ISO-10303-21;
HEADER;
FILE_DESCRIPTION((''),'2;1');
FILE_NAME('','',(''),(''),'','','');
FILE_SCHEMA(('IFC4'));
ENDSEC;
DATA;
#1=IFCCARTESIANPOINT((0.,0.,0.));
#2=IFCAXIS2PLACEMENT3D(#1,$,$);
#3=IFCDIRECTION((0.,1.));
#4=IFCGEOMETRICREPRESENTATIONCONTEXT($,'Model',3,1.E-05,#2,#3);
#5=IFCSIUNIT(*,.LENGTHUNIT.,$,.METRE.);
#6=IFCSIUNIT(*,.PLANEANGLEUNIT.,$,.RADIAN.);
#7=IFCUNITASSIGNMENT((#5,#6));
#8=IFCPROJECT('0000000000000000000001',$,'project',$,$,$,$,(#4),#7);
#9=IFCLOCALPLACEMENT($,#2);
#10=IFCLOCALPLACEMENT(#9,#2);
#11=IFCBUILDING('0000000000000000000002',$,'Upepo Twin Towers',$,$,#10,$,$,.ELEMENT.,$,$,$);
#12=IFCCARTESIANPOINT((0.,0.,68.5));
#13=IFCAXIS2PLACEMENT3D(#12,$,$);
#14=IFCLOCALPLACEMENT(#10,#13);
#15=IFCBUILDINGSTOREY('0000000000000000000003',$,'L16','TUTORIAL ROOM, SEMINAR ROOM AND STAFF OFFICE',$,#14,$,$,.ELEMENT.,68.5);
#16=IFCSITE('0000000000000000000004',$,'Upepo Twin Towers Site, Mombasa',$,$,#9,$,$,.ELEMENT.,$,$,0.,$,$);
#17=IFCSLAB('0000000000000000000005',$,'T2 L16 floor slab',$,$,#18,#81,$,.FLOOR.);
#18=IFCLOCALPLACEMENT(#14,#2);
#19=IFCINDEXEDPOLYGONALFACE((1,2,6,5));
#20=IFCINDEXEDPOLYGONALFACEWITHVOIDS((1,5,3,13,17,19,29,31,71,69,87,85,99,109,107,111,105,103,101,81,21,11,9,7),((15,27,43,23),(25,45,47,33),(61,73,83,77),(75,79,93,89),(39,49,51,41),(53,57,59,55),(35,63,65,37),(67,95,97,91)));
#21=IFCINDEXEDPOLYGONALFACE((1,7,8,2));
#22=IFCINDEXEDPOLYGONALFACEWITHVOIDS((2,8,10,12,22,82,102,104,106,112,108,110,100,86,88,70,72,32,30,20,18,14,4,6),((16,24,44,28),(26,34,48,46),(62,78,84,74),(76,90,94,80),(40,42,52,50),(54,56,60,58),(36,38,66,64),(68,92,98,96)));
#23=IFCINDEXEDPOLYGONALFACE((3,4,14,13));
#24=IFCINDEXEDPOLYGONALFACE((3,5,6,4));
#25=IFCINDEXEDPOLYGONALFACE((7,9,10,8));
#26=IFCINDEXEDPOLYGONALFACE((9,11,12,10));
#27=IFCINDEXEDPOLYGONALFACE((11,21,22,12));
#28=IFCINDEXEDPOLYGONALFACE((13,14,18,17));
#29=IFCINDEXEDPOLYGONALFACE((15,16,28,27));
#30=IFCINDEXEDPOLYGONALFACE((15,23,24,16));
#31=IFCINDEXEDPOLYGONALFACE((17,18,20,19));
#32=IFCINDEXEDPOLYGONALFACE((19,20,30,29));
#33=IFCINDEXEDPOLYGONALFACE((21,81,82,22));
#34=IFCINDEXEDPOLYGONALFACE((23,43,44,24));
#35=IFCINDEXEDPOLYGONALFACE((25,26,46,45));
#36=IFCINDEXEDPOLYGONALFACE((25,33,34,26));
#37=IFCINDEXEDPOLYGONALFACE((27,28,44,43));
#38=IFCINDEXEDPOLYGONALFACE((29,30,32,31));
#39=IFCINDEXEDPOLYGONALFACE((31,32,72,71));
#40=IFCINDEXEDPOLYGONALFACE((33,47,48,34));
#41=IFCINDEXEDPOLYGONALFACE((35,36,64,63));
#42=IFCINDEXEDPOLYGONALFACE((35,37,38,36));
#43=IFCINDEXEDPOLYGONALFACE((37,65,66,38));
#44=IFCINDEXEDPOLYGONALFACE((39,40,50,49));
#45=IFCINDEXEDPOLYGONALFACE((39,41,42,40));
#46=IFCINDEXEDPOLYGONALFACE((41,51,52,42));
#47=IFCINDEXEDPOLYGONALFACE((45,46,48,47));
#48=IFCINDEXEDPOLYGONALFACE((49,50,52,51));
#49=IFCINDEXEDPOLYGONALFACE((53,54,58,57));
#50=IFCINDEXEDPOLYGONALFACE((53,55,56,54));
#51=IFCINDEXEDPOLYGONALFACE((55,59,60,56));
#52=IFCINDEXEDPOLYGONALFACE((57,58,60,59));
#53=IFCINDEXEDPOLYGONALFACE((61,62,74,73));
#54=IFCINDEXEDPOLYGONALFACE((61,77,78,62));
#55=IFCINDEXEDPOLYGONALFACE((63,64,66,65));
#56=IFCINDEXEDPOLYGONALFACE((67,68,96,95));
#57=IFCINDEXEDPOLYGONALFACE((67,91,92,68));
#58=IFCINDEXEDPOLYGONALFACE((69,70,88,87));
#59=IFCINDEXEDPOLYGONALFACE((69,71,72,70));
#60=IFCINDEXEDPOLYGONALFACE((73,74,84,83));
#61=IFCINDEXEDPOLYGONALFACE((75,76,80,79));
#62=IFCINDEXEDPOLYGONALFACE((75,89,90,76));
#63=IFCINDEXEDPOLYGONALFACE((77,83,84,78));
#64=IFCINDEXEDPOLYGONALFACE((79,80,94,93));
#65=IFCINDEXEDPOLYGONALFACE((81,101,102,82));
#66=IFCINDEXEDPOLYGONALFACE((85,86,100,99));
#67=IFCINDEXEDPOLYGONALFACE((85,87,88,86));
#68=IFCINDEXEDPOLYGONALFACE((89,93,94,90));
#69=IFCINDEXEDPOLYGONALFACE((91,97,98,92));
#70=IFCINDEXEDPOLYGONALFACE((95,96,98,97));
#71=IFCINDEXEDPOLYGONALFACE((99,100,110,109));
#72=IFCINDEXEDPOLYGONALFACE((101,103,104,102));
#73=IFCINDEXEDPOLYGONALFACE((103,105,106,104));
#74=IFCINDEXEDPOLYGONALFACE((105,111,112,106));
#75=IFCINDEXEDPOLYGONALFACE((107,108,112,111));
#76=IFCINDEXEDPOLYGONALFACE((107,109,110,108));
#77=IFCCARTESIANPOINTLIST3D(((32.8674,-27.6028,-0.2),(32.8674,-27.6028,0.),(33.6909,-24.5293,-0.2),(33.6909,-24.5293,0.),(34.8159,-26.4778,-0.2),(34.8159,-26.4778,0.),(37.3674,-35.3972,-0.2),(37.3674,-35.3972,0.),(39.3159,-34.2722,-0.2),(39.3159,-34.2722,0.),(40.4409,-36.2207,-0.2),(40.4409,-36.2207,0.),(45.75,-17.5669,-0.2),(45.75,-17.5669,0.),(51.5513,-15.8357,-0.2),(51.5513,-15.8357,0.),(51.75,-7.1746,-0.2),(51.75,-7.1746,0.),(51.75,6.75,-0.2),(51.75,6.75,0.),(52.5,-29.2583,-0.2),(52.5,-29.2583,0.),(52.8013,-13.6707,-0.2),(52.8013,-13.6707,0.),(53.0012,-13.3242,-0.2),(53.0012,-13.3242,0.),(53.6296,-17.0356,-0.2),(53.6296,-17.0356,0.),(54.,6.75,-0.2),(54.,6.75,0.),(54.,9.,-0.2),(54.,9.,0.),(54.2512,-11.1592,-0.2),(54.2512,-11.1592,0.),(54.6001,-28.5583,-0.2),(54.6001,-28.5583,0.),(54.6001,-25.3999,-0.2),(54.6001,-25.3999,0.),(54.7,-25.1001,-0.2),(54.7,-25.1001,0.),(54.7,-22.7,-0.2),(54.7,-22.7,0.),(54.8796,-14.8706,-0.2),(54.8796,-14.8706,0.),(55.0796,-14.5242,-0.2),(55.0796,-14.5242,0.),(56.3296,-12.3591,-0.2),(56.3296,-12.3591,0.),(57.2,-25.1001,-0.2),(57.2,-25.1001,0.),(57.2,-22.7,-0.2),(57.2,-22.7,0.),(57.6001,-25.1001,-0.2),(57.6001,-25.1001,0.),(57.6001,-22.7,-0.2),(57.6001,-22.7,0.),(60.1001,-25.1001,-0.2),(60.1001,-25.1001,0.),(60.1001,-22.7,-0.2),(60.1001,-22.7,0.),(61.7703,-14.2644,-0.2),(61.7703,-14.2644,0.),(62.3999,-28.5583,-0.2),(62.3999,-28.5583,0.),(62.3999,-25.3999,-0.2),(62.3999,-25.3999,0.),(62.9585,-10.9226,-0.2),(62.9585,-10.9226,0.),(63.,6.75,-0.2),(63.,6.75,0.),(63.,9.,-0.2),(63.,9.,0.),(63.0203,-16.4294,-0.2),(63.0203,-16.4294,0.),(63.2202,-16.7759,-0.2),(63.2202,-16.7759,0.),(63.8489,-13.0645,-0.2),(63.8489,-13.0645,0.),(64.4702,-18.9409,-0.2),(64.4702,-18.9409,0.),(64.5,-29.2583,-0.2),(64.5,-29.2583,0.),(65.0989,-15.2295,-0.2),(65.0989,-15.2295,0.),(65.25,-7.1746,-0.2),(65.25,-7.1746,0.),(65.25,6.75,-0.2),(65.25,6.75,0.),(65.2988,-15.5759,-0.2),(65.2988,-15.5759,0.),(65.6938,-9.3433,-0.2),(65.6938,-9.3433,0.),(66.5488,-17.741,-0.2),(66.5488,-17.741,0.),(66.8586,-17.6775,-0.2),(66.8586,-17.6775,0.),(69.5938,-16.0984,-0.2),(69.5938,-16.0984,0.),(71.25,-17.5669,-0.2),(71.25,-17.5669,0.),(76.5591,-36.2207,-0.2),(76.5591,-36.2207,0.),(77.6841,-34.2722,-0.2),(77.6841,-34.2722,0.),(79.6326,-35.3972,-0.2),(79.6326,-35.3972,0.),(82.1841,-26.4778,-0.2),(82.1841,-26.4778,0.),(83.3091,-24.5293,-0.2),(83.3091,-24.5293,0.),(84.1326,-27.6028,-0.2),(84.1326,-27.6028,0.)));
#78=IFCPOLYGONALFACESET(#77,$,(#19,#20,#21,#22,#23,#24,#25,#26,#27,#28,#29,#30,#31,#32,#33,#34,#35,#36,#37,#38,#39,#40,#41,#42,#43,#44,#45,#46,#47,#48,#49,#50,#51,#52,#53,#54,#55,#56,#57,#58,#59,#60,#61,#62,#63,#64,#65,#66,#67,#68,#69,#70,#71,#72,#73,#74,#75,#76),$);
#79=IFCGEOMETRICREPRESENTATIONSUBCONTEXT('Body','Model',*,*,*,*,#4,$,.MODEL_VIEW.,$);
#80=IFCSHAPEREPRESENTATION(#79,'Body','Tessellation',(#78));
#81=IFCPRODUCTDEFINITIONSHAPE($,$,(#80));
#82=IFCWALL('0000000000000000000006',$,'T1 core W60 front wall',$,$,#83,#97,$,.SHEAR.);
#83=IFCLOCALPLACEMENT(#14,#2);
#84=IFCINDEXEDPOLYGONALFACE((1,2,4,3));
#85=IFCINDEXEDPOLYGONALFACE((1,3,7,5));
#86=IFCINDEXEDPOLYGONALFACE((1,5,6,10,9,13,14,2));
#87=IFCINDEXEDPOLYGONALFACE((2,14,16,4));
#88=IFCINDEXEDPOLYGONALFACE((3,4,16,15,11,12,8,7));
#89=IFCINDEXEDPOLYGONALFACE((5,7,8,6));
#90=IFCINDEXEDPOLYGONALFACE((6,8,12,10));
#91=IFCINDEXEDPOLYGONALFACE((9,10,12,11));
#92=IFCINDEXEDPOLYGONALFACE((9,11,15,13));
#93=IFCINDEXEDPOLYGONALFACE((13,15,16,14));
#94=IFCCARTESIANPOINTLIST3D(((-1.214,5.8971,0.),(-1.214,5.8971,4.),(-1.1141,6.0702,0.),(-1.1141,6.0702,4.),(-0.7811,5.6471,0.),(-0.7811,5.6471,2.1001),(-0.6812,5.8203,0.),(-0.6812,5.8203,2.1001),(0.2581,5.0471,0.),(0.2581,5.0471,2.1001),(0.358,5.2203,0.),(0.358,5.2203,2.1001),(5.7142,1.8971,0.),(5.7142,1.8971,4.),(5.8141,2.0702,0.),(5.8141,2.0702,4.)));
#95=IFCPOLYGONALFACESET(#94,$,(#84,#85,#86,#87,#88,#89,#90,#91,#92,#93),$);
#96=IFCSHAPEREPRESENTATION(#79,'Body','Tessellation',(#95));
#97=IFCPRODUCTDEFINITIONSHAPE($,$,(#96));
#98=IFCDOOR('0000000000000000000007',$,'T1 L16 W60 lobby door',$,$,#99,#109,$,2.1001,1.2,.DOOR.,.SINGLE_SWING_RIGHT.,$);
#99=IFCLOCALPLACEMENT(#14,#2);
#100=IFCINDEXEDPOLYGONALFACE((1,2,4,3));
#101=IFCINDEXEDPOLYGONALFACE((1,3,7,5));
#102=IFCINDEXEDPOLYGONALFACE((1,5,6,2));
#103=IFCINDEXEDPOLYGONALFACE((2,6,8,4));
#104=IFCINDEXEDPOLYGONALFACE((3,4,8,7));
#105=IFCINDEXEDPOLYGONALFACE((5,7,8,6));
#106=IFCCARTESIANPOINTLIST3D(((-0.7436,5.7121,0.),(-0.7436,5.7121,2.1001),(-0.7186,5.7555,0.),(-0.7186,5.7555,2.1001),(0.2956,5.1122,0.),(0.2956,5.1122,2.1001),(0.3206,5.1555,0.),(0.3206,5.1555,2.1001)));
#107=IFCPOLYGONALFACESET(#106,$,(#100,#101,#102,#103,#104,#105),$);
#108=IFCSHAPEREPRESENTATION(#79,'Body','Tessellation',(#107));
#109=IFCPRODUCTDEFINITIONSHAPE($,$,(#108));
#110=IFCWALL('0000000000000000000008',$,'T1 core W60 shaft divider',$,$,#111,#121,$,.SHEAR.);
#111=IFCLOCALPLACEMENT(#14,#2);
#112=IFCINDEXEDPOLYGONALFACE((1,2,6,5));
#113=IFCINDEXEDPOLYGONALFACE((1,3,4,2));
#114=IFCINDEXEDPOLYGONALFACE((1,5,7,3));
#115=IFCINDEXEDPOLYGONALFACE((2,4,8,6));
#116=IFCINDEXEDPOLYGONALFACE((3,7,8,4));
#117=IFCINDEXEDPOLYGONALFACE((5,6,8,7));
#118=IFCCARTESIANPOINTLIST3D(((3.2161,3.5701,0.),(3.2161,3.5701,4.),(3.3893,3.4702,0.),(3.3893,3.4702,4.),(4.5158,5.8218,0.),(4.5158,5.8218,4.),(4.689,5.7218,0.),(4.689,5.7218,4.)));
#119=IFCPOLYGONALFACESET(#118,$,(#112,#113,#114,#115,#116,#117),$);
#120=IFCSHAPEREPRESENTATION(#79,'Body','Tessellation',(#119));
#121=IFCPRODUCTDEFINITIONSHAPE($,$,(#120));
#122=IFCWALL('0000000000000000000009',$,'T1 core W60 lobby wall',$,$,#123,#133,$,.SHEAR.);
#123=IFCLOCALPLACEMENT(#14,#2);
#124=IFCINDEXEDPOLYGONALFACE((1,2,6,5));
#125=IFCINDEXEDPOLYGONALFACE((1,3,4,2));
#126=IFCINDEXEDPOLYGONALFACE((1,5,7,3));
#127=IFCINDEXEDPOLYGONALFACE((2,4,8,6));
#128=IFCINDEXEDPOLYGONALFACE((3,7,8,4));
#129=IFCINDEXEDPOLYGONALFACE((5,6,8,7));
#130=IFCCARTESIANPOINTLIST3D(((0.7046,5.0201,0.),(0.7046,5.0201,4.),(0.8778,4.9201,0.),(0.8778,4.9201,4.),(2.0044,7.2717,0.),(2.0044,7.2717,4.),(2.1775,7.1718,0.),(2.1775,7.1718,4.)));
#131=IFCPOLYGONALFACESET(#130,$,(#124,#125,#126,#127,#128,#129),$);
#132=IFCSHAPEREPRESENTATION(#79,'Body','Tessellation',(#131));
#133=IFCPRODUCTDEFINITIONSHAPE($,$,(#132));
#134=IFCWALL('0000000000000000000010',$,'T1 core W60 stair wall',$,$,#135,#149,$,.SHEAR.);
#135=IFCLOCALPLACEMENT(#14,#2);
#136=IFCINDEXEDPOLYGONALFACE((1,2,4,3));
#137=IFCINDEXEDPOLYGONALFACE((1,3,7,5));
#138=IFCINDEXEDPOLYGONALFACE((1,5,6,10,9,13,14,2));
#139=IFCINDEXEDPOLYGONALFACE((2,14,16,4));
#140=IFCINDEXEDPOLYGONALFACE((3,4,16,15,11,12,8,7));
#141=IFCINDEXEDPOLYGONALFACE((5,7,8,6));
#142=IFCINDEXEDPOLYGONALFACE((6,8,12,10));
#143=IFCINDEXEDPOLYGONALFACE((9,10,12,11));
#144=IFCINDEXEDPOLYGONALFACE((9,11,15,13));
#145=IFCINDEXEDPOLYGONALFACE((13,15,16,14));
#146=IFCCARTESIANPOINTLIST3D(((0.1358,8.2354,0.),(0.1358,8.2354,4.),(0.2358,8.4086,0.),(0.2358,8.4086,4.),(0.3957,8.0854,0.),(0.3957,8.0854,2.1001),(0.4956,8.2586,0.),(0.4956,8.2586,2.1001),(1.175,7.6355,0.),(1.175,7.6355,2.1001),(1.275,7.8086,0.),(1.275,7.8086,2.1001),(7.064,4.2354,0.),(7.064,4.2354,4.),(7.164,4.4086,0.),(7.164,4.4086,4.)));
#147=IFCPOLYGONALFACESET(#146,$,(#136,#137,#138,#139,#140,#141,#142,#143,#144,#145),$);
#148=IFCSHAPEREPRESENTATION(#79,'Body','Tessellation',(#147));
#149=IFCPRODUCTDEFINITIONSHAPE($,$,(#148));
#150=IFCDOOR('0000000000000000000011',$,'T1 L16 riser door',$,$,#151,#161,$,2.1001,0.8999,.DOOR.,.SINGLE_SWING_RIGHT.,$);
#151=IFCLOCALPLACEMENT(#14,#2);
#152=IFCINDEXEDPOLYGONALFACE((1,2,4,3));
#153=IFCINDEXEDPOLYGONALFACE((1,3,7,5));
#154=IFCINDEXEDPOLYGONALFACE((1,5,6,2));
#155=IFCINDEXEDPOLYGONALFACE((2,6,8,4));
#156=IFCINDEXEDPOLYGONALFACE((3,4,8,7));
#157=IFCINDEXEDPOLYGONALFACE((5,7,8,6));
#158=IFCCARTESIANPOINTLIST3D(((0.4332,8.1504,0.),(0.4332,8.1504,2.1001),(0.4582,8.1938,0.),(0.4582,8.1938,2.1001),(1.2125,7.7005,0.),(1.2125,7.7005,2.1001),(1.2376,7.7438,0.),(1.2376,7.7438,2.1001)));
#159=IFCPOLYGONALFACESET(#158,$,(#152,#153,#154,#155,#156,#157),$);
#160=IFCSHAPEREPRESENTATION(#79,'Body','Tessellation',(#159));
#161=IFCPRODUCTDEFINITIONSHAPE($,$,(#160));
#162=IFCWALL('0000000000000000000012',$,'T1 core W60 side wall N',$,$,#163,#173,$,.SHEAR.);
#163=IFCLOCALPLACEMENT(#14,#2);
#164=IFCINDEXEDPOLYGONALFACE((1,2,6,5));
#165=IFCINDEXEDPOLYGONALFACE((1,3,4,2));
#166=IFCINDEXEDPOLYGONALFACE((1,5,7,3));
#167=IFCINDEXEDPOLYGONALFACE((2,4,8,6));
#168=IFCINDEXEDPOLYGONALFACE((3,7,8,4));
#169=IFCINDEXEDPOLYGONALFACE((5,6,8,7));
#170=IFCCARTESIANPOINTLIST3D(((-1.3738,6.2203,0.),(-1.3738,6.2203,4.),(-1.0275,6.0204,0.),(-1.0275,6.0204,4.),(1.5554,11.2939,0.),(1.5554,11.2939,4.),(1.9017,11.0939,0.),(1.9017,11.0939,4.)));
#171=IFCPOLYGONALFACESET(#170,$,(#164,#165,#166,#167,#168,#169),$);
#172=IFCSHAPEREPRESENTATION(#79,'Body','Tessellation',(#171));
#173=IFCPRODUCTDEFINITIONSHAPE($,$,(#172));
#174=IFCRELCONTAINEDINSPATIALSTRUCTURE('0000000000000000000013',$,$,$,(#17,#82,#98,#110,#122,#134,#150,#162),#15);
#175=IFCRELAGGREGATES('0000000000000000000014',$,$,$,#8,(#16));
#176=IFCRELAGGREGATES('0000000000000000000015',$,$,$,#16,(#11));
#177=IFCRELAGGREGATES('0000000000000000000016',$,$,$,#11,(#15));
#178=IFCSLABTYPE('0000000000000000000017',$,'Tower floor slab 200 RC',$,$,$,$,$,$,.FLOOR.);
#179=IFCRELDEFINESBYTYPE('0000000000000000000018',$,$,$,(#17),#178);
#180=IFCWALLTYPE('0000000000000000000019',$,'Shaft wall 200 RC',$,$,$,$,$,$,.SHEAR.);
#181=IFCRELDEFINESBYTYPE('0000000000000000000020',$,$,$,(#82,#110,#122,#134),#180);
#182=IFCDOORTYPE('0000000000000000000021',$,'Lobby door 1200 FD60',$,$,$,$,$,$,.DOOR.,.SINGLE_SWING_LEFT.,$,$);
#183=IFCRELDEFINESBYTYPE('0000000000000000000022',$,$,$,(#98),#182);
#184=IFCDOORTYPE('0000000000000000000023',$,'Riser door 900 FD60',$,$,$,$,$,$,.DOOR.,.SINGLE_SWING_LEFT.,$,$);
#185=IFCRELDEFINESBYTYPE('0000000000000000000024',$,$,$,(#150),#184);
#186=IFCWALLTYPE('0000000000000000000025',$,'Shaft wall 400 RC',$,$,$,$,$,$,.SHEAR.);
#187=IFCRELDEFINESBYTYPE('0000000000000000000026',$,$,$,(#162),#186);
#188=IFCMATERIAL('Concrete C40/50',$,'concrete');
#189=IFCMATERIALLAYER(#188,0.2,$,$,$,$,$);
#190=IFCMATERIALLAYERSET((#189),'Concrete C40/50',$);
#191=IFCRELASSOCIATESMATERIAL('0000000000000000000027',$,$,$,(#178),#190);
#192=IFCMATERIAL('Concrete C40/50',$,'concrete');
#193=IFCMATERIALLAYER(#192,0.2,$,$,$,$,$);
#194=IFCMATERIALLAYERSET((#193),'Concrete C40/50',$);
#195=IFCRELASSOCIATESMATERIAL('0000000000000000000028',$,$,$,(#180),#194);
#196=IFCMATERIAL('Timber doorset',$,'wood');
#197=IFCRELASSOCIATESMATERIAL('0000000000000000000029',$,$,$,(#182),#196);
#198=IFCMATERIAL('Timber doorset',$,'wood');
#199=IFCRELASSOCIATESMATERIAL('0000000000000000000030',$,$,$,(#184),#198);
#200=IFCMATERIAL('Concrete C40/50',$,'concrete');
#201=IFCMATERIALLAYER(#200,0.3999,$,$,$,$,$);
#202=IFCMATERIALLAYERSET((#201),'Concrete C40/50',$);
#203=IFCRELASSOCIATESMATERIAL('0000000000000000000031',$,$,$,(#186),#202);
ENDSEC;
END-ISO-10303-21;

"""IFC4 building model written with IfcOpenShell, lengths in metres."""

from ifc_helpers import new_model, si_unit, direction, frame, frame_2d, origin, place, context, subcontext, project, spatial, polyline, rectangle, outline, extrude, material, layer, layer_set, type_object, element, fill, save


model = new_model("IFC4")

# Units and contexts
model_context = context("Model", 3, precision=1e-05, world=origin(), true_north=direction((0.0, 1.0)))
body_context = subcontext(model_context, "Body", "Model", "MODEL_VIEW")
ifc_project = project(units=[si_unit("LENGTHUNIT", "METRE"), si_unit("PLANEANGLEUNIT", "RADIAN")], contexts=[model_context])

# Site, building, storey
site_placement = place(None, origin())
site = spatial("IfcSite", under=ifc_project, at=site_placement, Name="Upepo Twin Towers Site, Mombasa", CompositionType="ELEMENT", RefElevation=0.0)
building_placement = place(site_placement, origin())
building = spatial("IfcBuilding", under=site, at=building_placement, Name="Upepo Twin Towers", CompositionType="ELEMENT")
storey_placement = place(building_placement, frame((0.0, 0.0, 68.5)))
storey = spatial("IfcBuildingStorey", under=building, at=storey_placement, Name="L16", Description="TUTORIAL ROOM, SEMINAR ROOM AND STAFF OFFICE", CompositionType="ELEMENT", Elevation=68.5)

# Slab
ifc_material_1 = material(Name="Concrete C40/50", Category="concrete")
ifc_layer_1 = layer(ifc_material_1, 0.2)
ifc_layer_set_1 = layer_set([ifc_layer_1], Name="Concrete C40/50")
slab_type_1 = type_object("IfcSlabType", Name="Tower floor slab 200 RC", PredefinedType="FLOOR", material=ifc_layer_set_1)
slab_1_placement = place(storey_placement, frame((0.0, 0.0, -0.2)))
element("IfcSlab", 1, at=slab_1_placement, inside=storey, type_object=slab_type_1, Name="T2 L16 floor slab", PredefinedType="FLOOR", context=body_context, shape_type="SweptSolid", body=[
    extrude(outline(polyline([(82.1841, -26.4778), (84.1326, -27.6028), (79.6326, -35.3972), (77.6841, -34.2722), (76.5591, -36.2207), (64.5, -29.2583), (52.5, -29.2583), (40.4409, -36.2207), (39.3159, -34.2722), (37.3674, -35.3972), (32.8674, -27.6028), (34.8159, -26.4778), (33.6909, -24.5293), (45.75, -17.5669), (51.75, -7.1746), (51.75, 6.75), (54.0, 6.75), (54.0, 9.0), (63.0, 9.0), (63.0, 6.75), (65.25, 6.75), (65.25, -7.1746), (71.25, -17.5669), (83.3091, -24.5293), (82.1841, -26.4778)]), holes=[polyline([(56.3296, -12.3591), (54.2512, -11.1592), (53.0012, -13.3242), (55.0796, -14.5242), (56.3296, -12.3591)]), polyline([(54.8796, -14.8706), (52.8013, -13.6707), (51.5513, -15.8357), (53.6296, -17.0356), (54.8796, -14.8706)]), polyline([(54.7, -22.7), (54.7, -25.1001), (57.2, -25.1001), (57.2, -22.7), (54.7, -22.7)]), polyline([(57.6001, -22.7), (57.6001, -25.1001), (60.1001, -25.1001), (60.1001, -22.7), (57.6001, -22.7)]), polyline([(54.6001, -25.3999), (54.6001, -28.5583), (62.3999, -28.5583), (62.3999, -25.3999), (54.6001, -25.3999)]), polyline([(64.4702, -18.9409), (66.5488, -17.741), (65.2988, -15.5759), (63.2202, -16.7759), (64.4702, -18.9409)]), polyline([(63.0203, -16.4294), (65.0989, -15.2295), (63.8489, -13.0645), (61.7703, -14.2644), (63.0203, -16.4294)]), polyline([(66.8586, -17.6775), (69.5938, -16.0984), (65.6938, -9.3433), (62.9585, -10.9226), (66.8586, -17.6775)])]), origin(), (0.0, 0.0, 1.0), 0.2),
])

# Wall, opening, door
ifc_material_2 = material(Name="Concrete C40/50", Category="concrete")
ifc_layer_2 = layer(ifc_material_2, 0.2)
ifc_layer_set_2 = layer_set([ifc_layer_2], Name="Concrete C40/50")
wall_type_1 = type_object("IfcWallType", Name="Shaft wall 200 RC", PredefinedType="SHEAR", material=ifc_layer_set_2)
wall_1_placement = place(storey_placement, frame((5.7642, 1.9836, 0.0), z_axis=(0.0, 0.0, 1.0), x_axis=(-0.866026, 0.499999, 0.0)))
wall_1 = element("IfcWall", 2, at=wall_1_placement, inside=storey, type_object=wall_type_1, Name="T1 core W60 front wall", PredefinedType="SHEAR", context=body_context, shape_type="SweptSolid", body=[
    extrude(rectangle(XDim=8.0, YDim=0.2, at=frame_2d((4.0, 0.0))), origin(), (0.0, 0.0, 1.0), 4.0),
])
opening_1_placement = place(wall_1_placement, frame((6.3, 0.0, 0.0)))
opening_1 = element("IfcOpeningElement", 3, at=opening_1_placement, cuts=wall_1, PredefinedType="OPENING", context=body_context, shape_type="SweptSolid", body=[
    extrude(rectangle(XDim=1.2, YDim=2.1001, at=frame_2d((0.6001, 1.05))), frame((0.0, 0.1099, 0.0), z_axis=(0.0, -1.0, 0.0), x_axis=(1.0, 0.0, 0.0)), (0.0, 0.0, 1.0), 0.22),
])
ifc_material_3 = material(Name="Timber doorset", Category="wood")
door_type_1 = type_object("IfcDoorType", Name="Lobby door 1200 FD60", OperationType="SINGLE_SWING_LEFT", PredefinedType="DOOR", material=ifc_material_3)
door_1_placement = place(opening_1_placement, origin())
door_1 = element("IfcDoor", 4, at=door_1_placement, inside=storey, type_object=door_type_1, Name="T1 L16 W60 lobby door", OperationType="SINGLE_SWING_RIGHT", OverallHeight=2.1001, OverallWidth=1.2, PredefinedType="DOOR", context=body_context, shape_type="SweptSolid", body=[
    extrude(rectangle(XDim=1.2, YDim=2.1001, at=frame_2d((0.6001, 1.05))), frame((0.0, 0.0249, 0.0), z_axis=(0.0, -1.0, 0.0), x_axis=(1.0, 0.0, 0.0)), (0.0, 0.0, 1.0), 0.05),
])
fill(opening_1, door_1)

# Walls
for number, where, z_axis, x_axis, name in (
    (5, (3.3027, 3.5203, 0.0), (0.0, 0.0, 1.0), (0.499937, 0.866062, 0.0), "T1 core W60 shaft divider"),
    (6, (0.7913, 4.9702, 0.0), (0.0, 0.0, 1.0), (0.499937, 0.866062, 0.0), "T1 core W60 lobby wall"),
):
    element("IfcWall", number, at=place(storey_placement, frame(where, z_axis=z_axis, x_axis=x_axis)), inside=storey, type_object=wall_type_1, Name=name, PredefinedType="SHEAR", context=body_context, shape_type="SweptSolid", body=[
        extrude(rectangle(XDim=2.5999, YDim=0.2, at=frame_2d((1.2998, 0.0))), origin(), (0.0, 0.0, 1.0), 4.0),
    ])

# Wall, opening, door
wall_2_placement = place(storey_placement, frame((7.114, 4.322, 0.0), z_axis=(0.0, 0.0, 1.0), x_axis=(-0.866026, 0.499999, 0.0)))
wall_2 = element("IfcWall", 7, at=wall_2_placement, inside=storey, type_object=wall_type_1, Name="T1 core W60 stair wall", PredefinedType="SHEAR", context=body_context, shape_type="SweptSolid", body=[
    extrude(rectangle(XDim=8.0, YDim=0.2, at=frame_2d((4.0, 0.0))), origin(), (0.0, 0.0, 1.0), 4.0),
])
opening_2_placement = place(wall_2_placement, frame((6.8, 0.0, 0.0)))
opening_2 = element("IfcOpeningElement", 8, at=opening_2_placement, cuts=wall_2, PredefinedType="OPENING", context=body_context, shape_type="SweptSolid", body=[
    extrude(rectangle(XDim=0.8999, YDim=2.1001, at=frame_2d((0.45, 1.05))), frame((0.0, 0.1099, 0.0), z_axis=(0.0, -1.0, 0.0), x_axis=(1.0, 0.0, 0.0)), (0.0, 0.0, 1.0), 0.22),
])
ifc_material_4 = material(Name="Timber doorset", Category="wood")
door_type_2 = type_object("IfcDoorType", Name="Riser door 900 FD60", OperationType="SINGLE_SWING_LEFT", PredefinedType="DOOR", material=ifc_material_4)
door_2_placement = place(opening_2_placement, origin())
door_2 = element("IfcDoor", 9, at=door_2_placement, inside=storey, type_object=door_type_2, Name="T1 L16 riser door", OperationType="SINGLE_SWING_RIGHT", OverallHeight=2.1001, OverallWidth=0.8999, PredefinedType="DOOR", context=body_context, shape_type="SweptSolid", body=[
    extrude(rectangle(XDim=0.8999, YDim=2.1001, at=frame_2d((0.45, 1.05))), frame((0.0, 0.0249, 0.0), z_axis=(0.0, -1.0, 0.0), x_axis=(1.0, 0.0, 0.0)), (0.0, 0.0, 1.0), 0.05),
])
fill(opening_2, door_2)

# Wall
ifc_material_5 = material(Name="Concrete C40/50", Category="concrete")
ifc_layer_3 = layer(ifc_material_5, 0.3999)
ifc_layer_set_3 = layer_set([ifc_layer_3], Name="Concrete C40/50")
wall_type_2 = type_object("IfcWallType", Name="Shaft wall 400 RC", PredefinedType="SHEAR", material=ifc_layer_set_3)
for number, where, z_axis, x_axis, name in (
    (10, (-1.2007, 6.1204, 0.0), (0.0, 0.0, 1.0), (0.500003, 0.866024, 0.0), "T1 core W60 side wall N"),
):
    element("IfcWall", number, at=place(storey_placement, frame(where, z_axis=z_axis, x_axis=x_axis)), inside=storey, type_object=wall_type_2, Name=name, PredefinedType="SHEAR", context=body_context, shape_type="SweptSolid", body=[
        extrude(rectangle(XDim=5.8584, YDim=0.3999, at=frame_2d((2.9292, 0.0))), origin(), (0.0, 0.0, 1.0), 4.0),
    ])

save(model, "model.ifc")
